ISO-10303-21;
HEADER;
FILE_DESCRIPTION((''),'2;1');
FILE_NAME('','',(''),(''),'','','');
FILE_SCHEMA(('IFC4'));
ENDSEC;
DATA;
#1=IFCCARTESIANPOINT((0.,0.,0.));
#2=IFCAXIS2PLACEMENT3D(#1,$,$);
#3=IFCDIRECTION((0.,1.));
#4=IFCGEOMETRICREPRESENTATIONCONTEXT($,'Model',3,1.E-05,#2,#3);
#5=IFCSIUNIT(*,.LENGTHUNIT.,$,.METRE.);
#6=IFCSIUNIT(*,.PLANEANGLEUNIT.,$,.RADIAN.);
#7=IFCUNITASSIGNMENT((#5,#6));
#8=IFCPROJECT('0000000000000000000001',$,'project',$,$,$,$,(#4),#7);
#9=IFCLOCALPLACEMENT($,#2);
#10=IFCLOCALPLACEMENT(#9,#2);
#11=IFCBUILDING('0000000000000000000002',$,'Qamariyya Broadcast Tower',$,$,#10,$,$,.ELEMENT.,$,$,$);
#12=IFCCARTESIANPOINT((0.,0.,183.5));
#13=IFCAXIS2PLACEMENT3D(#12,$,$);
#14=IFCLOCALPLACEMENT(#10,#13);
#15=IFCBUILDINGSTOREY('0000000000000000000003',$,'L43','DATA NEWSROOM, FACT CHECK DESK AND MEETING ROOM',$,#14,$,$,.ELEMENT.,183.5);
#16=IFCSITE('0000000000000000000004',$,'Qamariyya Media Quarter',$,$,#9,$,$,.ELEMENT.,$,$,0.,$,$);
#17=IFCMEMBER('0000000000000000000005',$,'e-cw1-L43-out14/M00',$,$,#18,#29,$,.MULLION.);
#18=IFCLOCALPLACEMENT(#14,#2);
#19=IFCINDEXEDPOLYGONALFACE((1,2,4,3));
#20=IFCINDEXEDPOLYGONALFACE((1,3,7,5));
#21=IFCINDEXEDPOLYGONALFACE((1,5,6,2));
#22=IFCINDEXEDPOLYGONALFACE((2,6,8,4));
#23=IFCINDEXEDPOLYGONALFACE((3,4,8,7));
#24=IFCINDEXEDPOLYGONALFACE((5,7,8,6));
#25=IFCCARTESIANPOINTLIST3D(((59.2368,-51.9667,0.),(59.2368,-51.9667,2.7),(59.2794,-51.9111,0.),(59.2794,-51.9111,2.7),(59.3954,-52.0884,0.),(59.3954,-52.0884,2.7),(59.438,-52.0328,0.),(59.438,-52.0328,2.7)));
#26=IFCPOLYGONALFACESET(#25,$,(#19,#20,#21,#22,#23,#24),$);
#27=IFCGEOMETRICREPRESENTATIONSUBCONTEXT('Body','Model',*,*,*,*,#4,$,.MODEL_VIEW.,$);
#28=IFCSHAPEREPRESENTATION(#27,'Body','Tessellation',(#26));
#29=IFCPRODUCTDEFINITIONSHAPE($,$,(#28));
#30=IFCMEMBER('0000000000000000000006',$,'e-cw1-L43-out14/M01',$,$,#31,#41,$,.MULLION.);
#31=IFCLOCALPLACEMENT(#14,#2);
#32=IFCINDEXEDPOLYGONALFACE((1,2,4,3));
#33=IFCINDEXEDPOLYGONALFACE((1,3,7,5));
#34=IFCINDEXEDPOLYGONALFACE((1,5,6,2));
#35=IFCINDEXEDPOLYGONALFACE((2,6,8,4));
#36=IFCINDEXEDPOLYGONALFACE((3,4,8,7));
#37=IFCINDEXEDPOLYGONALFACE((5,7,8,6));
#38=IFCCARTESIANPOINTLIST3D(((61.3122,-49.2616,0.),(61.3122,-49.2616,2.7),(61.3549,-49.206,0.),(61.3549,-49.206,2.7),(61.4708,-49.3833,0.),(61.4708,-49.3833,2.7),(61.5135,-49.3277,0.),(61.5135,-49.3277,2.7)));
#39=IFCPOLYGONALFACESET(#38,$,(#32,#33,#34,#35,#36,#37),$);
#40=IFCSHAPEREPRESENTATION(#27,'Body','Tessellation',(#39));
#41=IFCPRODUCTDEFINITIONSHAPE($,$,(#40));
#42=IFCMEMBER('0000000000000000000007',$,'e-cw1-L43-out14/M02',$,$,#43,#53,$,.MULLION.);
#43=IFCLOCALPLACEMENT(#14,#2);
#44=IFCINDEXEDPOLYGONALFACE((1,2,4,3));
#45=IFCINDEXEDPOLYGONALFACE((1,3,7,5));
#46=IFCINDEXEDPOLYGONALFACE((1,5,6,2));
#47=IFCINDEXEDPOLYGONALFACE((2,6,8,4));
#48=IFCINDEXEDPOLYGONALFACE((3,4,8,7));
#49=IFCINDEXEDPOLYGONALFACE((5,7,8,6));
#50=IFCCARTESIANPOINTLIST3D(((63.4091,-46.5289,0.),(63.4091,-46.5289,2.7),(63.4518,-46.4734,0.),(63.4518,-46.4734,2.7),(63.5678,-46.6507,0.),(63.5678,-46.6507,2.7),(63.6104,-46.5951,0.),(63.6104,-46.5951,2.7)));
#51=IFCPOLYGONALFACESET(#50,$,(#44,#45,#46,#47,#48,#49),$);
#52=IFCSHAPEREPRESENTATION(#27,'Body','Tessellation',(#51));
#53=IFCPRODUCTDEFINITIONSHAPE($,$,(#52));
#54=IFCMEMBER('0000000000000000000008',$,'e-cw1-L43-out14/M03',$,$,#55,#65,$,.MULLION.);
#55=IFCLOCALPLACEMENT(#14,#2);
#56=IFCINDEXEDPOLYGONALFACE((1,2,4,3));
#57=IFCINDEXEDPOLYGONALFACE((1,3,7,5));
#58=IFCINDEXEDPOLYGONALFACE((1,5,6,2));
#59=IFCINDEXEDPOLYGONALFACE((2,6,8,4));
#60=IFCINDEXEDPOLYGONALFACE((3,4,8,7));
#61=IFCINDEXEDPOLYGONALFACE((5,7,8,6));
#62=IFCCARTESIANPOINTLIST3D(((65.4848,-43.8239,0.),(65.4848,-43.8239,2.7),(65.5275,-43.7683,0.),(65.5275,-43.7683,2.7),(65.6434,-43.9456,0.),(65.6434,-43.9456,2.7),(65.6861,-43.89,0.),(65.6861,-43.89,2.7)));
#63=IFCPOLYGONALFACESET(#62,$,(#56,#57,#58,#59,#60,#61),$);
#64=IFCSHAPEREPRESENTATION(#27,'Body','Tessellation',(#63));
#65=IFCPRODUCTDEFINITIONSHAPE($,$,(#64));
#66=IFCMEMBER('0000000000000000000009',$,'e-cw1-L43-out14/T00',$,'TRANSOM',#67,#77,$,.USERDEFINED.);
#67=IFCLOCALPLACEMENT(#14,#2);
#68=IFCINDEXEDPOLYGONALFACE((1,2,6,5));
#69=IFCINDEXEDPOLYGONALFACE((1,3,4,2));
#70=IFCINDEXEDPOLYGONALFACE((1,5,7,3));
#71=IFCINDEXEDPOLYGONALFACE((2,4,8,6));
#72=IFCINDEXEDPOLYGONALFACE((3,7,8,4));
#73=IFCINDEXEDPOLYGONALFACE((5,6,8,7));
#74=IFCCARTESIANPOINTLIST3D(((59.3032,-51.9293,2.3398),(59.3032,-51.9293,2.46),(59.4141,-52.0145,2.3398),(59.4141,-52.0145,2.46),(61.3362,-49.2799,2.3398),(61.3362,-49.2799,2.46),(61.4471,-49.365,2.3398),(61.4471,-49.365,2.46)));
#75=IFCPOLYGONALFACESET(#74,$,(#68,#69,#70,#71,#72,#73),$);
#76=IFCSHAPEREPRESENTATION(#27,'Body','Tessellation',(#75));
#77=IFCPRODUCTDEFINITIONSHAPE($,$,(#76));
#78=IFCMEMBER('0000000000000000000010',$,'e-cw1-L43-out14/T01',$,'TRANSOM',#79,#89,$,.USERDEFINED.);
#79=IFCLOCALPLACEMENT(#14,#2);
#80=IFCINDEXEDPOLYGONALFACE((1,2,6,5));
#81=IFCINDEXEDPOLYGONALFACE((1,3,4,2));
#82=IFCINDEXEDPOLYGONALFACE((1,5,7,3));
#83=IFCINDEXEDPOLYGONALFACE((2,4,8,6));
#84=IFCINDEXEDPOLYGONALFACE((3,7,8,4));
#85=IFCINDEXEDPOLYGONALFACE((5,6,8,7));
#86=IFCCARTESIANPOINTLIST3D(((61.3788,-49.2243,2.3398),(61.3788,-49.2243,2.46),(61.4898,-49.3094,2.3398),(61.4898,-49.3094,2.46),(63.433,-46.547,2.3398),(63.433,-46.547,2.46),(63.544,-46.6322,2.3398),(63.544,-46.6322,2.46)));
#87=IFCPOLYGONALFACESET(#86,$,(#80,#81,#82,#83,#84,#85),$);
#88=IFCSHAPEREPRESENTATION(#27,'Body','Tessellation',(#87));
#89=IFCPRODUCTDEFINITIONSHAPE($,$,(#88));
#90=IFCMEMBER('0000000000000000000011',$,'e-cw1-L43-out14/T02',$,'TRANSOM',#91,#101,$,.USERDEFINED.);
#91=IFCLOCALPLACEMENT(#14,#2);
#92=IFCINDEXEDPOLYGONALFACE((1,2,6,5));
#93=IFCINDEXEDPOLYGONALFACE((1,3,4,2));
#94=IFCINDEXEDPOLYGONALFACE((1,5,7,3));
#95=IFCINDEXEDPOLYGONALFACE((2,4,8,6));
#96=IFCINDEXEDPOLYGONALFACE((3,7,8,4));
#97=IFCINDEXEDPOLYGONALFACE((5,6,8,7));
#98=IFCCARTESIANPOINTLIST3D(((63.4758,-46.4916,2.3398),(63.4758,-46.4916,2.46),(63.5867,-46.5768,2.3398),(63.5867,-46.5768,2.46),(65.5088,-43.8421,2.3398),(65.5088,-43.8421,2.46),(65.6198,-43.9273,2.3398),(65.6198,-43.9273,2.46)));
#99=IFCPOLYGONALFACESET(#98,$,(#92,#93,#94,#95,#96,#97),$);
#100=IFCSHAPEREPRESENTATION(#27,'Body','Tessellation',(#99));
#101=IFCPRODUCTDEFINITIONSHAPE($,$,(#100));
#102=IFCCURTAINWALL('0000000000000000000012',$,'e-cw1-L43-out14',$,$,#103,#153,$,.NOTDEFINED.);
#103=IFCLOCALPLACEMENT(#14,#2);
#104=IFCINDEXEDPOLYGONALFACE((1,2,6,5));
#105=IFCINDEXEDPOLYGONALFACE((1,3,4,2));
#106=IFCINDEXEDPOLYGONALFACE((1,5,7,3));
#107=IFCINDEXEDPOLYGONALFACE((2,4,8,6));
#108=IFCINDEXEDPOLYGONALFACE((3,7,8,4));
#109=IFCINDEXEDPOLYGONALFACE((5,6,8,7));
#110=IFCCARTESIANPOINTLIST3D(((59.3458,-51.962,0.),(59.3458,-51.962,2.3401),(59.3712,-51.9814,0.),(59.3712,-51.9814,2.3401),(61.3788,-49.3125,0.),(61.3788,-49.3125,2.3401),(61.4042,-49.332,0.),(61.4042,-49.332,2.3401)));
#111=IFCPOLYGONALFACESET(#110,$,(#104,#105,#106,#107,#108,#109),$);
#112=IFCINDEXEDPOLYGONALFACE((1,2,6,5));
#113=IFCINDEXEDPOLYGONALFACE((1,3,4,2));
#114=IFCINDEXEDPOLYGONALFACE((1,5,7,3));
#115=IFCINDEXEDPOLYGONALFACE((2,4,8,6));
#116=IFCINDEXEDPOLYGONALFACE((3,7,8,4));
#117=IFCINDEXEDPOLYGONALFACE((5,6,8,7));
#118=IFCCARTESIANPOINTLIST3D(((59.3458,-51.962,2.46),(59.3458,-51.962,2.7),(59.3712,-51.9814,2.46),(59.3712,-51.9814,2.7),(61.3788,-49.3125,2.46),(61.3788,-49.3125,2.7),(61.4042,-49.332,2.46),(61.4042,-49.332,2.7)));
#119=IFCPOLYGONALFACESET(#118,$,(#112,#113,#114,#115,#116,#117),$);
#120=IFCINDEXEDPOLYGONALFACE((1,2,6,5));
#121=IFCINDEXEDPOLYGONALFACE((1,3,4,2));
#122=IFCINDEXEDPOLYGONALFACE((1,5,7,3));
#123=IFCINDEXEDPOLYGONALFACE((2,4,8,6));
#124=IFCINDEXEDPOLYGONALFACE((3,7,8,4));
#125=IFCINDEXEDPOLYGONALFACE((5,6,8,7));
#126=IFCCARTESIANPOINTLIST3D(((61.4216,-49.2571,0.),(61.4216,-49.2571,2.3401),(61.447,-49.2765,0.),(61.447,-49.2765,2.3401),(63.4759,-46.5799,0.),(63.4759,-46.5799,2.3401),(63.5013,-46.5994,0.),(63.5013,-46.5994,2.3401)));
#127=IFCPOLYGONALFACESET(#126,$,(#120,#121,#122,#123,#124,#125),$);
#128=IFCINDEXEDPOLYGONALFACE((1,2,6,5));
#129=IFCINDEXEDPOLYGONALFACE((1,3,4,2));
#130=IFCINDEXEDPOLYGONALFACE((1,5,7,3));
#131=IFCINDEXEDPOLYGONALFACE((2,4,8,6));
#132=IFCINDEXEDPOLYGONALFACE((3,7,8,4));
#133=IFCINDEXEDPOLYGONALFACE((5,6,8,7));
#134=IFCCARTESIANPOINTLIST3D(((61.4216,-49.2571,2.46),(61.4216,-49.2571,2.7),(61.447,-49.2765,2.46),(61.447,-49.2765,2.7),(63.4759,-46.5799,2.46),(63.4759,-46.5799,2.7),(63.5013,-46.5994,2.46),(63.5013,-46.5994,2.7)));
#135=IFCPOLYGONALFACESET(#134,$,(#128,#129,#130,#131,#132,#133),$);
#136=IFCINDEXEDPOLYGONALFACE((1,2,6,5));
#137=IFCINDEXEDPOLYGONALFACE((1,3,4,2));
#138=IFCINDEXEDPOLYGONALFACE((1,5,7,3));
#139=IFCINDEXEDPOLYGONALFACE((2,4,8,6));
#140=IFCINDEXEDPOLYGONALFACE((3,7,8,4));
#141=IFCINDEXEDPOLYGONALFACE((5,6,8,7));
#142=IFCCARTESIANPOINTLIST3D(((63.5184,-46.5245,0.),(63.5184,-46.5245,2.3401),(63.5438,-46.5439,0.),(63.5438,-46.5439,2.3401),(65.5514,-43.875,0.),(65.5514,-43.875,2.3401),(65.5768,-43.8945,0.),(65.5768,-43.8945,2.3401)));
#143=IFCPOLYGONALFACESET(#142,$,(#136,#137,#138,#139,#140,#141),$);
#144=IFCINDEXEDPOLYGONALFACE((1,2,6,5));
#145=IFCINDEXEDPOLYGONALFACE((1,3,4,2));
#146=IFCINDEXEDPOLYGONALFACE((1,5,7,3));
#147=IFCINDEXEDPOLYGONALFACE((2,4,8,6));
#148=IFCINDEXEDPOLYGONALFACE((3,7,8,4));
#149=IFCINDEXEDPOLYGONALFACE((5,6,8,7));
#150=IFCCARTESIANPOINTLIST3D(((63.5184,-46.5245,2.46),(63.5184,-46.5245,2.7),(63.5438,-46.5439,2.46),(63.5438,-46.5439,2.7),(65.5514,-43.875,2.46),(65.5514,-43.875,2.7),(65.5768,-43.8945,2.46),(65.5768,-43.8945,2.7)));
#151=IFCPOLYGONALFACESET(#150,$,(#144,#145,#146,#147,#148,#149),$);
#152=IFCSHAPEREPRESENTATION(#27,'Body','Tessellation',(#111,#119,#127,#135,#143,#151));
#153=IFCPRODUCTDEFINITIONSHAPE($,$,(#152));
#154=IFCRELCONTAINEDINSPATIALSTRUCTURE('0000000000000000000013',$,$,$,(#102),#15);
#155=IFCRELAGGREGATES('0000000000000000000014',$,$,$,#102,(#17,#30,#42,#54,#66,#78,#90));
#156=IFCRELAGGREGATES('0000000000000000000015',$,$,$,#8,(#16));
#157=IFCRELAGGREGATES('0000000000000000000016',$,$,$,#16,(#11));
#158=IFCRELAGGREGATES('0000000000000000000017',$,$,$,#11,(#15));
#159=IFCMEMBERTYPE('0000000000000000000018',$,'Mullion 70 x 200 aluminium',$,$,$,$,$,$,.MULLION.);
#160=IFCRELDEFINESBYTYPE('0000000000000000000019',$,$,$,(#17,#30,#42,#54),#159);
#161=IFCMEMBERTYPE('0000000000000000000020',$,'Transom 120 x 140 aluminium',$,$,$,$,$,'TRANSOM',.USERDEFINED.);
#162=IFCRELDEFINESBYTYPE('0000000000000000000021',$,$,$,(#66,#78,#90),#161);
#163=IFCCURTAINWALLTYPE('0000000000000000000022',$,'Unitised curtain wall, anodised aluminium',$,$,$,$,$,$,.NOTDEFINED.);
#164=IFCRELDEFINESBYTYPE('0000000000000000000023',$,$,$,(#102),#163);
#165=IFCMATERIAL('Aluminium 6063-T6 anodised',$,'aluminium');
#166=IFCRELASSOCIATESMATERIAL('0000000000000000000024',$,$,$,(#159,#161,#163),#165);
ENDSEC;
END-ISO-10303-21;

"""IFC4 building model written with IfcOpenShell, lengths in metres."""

from ifc_helpers import new_model, si_unit, direction, frame, origin, origin_2d, place, context, subcontext, project, spatial, rectangle, extrude, material, material_profile, profile_set, type_object, element, aggregate, save


model = new_model("IFC4")

# Units and contexts
model_context = context("Model", 3, precision=1e-05, world=origin(), true_north=direction((0.0, 1.0)))
body_context = subcontext(model_context, "Body", "Model", "MODEL_VIEW")
ifc_project = project(units=[si_unit("LENGTHUNIT", "METRE"), si_unit("PLANEANGLEUNIT", "RADIAN")], contexts=[model_context])

# Members
ifc_material = material(Name="Aluminium 6063-T6 anodised", Category="aluminium")
ifc_material_profile_1 = material_profile(ifc_material, rectangle(XDim=0.2, YDim=0.0701, at=origin_2d()))
ifc_profile_set_1 = profile_set([ifc_material_profile_1], Name="Aluminium 6063-T6 anodised")
member_type_1 = type_object("IfcMemberType", Name="Mullion 70 x 200 aluminium", PredefinedType="MULLION", material=ifc_profile_set_1)
site_placement = place(None, origin())
building_placement = place(site_placement, origin())
storey_placement = place(building_placement, frame((0.0, 0.0, 183.5)))
member_1_placement = place(storey_placement, frame((59.3374, -51.9998, 0.0), z_axis=(0.0, 0.0, 1.0), x_axis=(-0.793353, 0.608761, 0.0)))
member_1 = element("IfcMember", 1, at=member_1_placement, type_object=member_type_1, Name="e-cw1-L43-out14/M00", PredefinedType="MULLION", context=body_context, shape_type="SweptSolid", body=[
    extrude(rectangle(XDim=0.2, YDim=0.0701, at=origin_2d()), origin(), (0.0, 0.0, 1.0), 2.7),
])
member_2_placement = place(storey_placement, frame((61.4128, -49.2947, 0.0), z_axis=(0.0, 0.0, 1.0), x_axis=(-0.793353, 0.608761, 0.0)))
member_2 = element("IfcMember", 2, at=member_2_placement, type_object=member_type_1, Name="e-cw1-L43-out14/M01", PredefinedType="MULLION", context=body_context, shape_type="SweptSolid", body=[
    extrude(rectangle(XDim=0.2, YDim=0.0701, at=origin_2d()), origin(), (0.0, 0.0, 1.0), 2.7),
])
member_3_placement = place(storey_placement, frame((63.5098, -46.562, 0.0), z_axis=(0.0, 0.0, 1.0), x_axis=(-0.793353, 0.608761, 0.0)))
member_3 = element("IfcMember", 3, at=member_3_placement, type_object=member_type_1, Name="e-cw1-L43-out14/M02", PredefinedType="MULLION", context=body_context, shape_type="SweptSolid", body=[
    extrude(rectangle(XDim=0.2, YDim=0.0701, at=origin_2d()), origin(), (0.0, 0.0, 1.0), 2.7),
])
member_4_placement = place(storey_placement, frame((65.5854, -43.8569, 0.0), z_axis=(0.0, 0.0, 1.0), x_axis=(-0.793353, 0.608761, 0.0)))
member_4 = element("IfcMember", 4, at=member_4_placement, type_object=member_type_1, Name="e-cw1-L43-out14/M03", PredefinedType="MULLION", context=body_context, shape_type="SweptSolid", body=[
    extrude(rectangle(XDim=0.2, YDim=0.0701, at=origin_2d()), origin(), (0.0, 0.0, 1.0), 2.7),
])
ifc_material_profile_2 = material_profile(ifc_material, rectangle(XDim=0.1399, YDim=0.1201, at=origin_2d()))
ifc_profile_set_2 = profile_set([ifc_material_profile_2], Name="Aluminium 6063-T6 anodised")
member_type_2 = type_object("IfcMemberType", Name="Transom 120 x 140 aluminium", ElementType="TRANSOM", PredefinedType="USERDEFINED", material=ifc_profile_set_2)
member_5_placement = place(storey_placement, frame((59.3586, -51.9719, 2.3999), z_axis=(0.60876, 0.793354, 0.0), x_axis=(-0.793354, 0.60876, 0.0)))
member_5 = element("IfcMember", 5, at=member_5_placement, type_object=member_type_2, Name="e-cw1-L43-out14/T00", ObjectType="TRANSOM", PredefinedType="USERDEFINED", context=body_context, shape_type="SweptSolid", body=[
    extrude(rectangle(XDim=0.1399, YDim=0.1201, at=origin_2d()), origin(), (0.0, 0.0, 1.0), 3.3396),
])
member_6_placement = place(storey_placement, frame((61.4343, -49.2668, 2.3999), z_axis=(0.608738, 0.793371, 0.0), x_axis=(-0.793371, 0.608738, 0.0)))
member_6 = element("IfcMember", 6, at=member_6_placement, type_object=member_type_2, Name="e-cw1-L43-out14/T01", ObjectType="TRANSOM", PredefinedType="USERDEFINED", context=body_context, shape_type="SweptSolid", body=[
    extrude(rectangle(XDim=0.1399, YDim=0.1201, at=origin_2d()), origin(), (0.0, 0.0, 1.0), 3.3745),
])
member_7_placement = place(storey_placement, frame((63.5312, -46.5342, 2.3999), z_axis=(0.60876, 0.793354, 0.0), x_axis=(-0.793354, 0.60876, 0.0)))
member_7 = element("IfcMember", 7, at=member_7_placement, type_object=member_type_2, Name="e-cw1-L43-out14/T02", ObjectType="TRANSOM", PredefinedType="USERDEFINED", context=body_context, shape_type="SweptSolid", body=[
    extrude(rectangle(XDim=0.1399, YDim=0.1201, at=origin_2d()), origin(), (0.0, 0.0, 1.0), 3.3396),
])

# Site, building, storey
site = spatial("IfcSite", under=ifc_project, at=site_placement, Name="Qamariyya Media Quarter", CompositionType="ELEMENT", RefElevation=0.0)
building = spatial("IfcBuilding", under=site, at=building_placement, Name="Qamariyya Broadcast Tower", CompositionType="ELEMENT")
storey = spatial("IfcBuildingStorey", under=building, at=storey_placement, Name="L43", Description="DATA NEWSROOM, FACT CHECK DESK AND MEETING ROOM", CompositionType="ELEMENT", Elevation=183.5)

# Curtain wall
curtain_wall_type = type_object("IfcCurtainWallType", Name="Unitised curtain wall, anodised aluminium", PredefinedType="NOTDEFINED", material=ifc_material)
curtain_wall_1_placement = place(storey_placement, origin())
curtain_wall_1 = element("IfcCurtainWall", 8, at=curtain_wall_1_placement, inside=storey, type_object=curtain_wall_type, Name="e-cw1-L43-out14", PredefinedType="NOTDEFINED", context=body_context, shape_type="SweptSolid", body=[
    extrude(rectangle(XDim=3.3396, YDim=0.032, at=origin_2d()), frame((60.375, -50.647, 0.0), x_axis=(0.608764, 0.793352, 0.0)), (0.0, 0.0, 1.0), 2.3401),
    extrude(rectangle(XDim=3.3396, YDim=0.032, at=origin_2d()), frame((60.375, -50.647, 2.46), x_axis=(0.608764, 0.793352, 0.0)), (0.0, 0.0, 1.0), 0.24),
    extrude(rectangle(XDim=3.3745, YDim=0.032, at=origin_2d()), frame((62.4614, -47.9282, 0.0), x_axis=(0.608764, 0.793352, 0.0)), (0.0, 0.0, 1.0), 2.3401),
    extrude(rectangle(XDim=3.3745, YDim=0.032, at=origin_2d()), frame((62.4614, -47.9282, 2.46), x_axis=(0.608764, 0.793352, 0.0)), (0.0, 0.0, 1.0), 0.24),
    extrude(rectangle(XDim=3.3396, YDim=0.032, at=origin_2d()), frame((64.5476, -45.2095, 0.0), x_axis=(0.608764, 0.793352, 0.0)), (0.0, 0.0, 1.0), 2.3401),
    extrude(rectangle(XDim=3.3396, YDim=0.032, at=origin_2d()), frame((64.5476, -45.2095, 2.46), x_axis=(0.608764, 0.793352, 0.0)), (0.0, 0.0, 1.0), 0.24),
])
aggregate(curtain_wall_1, [member_1, member_2, member_3, member_4, member_5, member_6, member_7])

save(model, "model.ifc")
